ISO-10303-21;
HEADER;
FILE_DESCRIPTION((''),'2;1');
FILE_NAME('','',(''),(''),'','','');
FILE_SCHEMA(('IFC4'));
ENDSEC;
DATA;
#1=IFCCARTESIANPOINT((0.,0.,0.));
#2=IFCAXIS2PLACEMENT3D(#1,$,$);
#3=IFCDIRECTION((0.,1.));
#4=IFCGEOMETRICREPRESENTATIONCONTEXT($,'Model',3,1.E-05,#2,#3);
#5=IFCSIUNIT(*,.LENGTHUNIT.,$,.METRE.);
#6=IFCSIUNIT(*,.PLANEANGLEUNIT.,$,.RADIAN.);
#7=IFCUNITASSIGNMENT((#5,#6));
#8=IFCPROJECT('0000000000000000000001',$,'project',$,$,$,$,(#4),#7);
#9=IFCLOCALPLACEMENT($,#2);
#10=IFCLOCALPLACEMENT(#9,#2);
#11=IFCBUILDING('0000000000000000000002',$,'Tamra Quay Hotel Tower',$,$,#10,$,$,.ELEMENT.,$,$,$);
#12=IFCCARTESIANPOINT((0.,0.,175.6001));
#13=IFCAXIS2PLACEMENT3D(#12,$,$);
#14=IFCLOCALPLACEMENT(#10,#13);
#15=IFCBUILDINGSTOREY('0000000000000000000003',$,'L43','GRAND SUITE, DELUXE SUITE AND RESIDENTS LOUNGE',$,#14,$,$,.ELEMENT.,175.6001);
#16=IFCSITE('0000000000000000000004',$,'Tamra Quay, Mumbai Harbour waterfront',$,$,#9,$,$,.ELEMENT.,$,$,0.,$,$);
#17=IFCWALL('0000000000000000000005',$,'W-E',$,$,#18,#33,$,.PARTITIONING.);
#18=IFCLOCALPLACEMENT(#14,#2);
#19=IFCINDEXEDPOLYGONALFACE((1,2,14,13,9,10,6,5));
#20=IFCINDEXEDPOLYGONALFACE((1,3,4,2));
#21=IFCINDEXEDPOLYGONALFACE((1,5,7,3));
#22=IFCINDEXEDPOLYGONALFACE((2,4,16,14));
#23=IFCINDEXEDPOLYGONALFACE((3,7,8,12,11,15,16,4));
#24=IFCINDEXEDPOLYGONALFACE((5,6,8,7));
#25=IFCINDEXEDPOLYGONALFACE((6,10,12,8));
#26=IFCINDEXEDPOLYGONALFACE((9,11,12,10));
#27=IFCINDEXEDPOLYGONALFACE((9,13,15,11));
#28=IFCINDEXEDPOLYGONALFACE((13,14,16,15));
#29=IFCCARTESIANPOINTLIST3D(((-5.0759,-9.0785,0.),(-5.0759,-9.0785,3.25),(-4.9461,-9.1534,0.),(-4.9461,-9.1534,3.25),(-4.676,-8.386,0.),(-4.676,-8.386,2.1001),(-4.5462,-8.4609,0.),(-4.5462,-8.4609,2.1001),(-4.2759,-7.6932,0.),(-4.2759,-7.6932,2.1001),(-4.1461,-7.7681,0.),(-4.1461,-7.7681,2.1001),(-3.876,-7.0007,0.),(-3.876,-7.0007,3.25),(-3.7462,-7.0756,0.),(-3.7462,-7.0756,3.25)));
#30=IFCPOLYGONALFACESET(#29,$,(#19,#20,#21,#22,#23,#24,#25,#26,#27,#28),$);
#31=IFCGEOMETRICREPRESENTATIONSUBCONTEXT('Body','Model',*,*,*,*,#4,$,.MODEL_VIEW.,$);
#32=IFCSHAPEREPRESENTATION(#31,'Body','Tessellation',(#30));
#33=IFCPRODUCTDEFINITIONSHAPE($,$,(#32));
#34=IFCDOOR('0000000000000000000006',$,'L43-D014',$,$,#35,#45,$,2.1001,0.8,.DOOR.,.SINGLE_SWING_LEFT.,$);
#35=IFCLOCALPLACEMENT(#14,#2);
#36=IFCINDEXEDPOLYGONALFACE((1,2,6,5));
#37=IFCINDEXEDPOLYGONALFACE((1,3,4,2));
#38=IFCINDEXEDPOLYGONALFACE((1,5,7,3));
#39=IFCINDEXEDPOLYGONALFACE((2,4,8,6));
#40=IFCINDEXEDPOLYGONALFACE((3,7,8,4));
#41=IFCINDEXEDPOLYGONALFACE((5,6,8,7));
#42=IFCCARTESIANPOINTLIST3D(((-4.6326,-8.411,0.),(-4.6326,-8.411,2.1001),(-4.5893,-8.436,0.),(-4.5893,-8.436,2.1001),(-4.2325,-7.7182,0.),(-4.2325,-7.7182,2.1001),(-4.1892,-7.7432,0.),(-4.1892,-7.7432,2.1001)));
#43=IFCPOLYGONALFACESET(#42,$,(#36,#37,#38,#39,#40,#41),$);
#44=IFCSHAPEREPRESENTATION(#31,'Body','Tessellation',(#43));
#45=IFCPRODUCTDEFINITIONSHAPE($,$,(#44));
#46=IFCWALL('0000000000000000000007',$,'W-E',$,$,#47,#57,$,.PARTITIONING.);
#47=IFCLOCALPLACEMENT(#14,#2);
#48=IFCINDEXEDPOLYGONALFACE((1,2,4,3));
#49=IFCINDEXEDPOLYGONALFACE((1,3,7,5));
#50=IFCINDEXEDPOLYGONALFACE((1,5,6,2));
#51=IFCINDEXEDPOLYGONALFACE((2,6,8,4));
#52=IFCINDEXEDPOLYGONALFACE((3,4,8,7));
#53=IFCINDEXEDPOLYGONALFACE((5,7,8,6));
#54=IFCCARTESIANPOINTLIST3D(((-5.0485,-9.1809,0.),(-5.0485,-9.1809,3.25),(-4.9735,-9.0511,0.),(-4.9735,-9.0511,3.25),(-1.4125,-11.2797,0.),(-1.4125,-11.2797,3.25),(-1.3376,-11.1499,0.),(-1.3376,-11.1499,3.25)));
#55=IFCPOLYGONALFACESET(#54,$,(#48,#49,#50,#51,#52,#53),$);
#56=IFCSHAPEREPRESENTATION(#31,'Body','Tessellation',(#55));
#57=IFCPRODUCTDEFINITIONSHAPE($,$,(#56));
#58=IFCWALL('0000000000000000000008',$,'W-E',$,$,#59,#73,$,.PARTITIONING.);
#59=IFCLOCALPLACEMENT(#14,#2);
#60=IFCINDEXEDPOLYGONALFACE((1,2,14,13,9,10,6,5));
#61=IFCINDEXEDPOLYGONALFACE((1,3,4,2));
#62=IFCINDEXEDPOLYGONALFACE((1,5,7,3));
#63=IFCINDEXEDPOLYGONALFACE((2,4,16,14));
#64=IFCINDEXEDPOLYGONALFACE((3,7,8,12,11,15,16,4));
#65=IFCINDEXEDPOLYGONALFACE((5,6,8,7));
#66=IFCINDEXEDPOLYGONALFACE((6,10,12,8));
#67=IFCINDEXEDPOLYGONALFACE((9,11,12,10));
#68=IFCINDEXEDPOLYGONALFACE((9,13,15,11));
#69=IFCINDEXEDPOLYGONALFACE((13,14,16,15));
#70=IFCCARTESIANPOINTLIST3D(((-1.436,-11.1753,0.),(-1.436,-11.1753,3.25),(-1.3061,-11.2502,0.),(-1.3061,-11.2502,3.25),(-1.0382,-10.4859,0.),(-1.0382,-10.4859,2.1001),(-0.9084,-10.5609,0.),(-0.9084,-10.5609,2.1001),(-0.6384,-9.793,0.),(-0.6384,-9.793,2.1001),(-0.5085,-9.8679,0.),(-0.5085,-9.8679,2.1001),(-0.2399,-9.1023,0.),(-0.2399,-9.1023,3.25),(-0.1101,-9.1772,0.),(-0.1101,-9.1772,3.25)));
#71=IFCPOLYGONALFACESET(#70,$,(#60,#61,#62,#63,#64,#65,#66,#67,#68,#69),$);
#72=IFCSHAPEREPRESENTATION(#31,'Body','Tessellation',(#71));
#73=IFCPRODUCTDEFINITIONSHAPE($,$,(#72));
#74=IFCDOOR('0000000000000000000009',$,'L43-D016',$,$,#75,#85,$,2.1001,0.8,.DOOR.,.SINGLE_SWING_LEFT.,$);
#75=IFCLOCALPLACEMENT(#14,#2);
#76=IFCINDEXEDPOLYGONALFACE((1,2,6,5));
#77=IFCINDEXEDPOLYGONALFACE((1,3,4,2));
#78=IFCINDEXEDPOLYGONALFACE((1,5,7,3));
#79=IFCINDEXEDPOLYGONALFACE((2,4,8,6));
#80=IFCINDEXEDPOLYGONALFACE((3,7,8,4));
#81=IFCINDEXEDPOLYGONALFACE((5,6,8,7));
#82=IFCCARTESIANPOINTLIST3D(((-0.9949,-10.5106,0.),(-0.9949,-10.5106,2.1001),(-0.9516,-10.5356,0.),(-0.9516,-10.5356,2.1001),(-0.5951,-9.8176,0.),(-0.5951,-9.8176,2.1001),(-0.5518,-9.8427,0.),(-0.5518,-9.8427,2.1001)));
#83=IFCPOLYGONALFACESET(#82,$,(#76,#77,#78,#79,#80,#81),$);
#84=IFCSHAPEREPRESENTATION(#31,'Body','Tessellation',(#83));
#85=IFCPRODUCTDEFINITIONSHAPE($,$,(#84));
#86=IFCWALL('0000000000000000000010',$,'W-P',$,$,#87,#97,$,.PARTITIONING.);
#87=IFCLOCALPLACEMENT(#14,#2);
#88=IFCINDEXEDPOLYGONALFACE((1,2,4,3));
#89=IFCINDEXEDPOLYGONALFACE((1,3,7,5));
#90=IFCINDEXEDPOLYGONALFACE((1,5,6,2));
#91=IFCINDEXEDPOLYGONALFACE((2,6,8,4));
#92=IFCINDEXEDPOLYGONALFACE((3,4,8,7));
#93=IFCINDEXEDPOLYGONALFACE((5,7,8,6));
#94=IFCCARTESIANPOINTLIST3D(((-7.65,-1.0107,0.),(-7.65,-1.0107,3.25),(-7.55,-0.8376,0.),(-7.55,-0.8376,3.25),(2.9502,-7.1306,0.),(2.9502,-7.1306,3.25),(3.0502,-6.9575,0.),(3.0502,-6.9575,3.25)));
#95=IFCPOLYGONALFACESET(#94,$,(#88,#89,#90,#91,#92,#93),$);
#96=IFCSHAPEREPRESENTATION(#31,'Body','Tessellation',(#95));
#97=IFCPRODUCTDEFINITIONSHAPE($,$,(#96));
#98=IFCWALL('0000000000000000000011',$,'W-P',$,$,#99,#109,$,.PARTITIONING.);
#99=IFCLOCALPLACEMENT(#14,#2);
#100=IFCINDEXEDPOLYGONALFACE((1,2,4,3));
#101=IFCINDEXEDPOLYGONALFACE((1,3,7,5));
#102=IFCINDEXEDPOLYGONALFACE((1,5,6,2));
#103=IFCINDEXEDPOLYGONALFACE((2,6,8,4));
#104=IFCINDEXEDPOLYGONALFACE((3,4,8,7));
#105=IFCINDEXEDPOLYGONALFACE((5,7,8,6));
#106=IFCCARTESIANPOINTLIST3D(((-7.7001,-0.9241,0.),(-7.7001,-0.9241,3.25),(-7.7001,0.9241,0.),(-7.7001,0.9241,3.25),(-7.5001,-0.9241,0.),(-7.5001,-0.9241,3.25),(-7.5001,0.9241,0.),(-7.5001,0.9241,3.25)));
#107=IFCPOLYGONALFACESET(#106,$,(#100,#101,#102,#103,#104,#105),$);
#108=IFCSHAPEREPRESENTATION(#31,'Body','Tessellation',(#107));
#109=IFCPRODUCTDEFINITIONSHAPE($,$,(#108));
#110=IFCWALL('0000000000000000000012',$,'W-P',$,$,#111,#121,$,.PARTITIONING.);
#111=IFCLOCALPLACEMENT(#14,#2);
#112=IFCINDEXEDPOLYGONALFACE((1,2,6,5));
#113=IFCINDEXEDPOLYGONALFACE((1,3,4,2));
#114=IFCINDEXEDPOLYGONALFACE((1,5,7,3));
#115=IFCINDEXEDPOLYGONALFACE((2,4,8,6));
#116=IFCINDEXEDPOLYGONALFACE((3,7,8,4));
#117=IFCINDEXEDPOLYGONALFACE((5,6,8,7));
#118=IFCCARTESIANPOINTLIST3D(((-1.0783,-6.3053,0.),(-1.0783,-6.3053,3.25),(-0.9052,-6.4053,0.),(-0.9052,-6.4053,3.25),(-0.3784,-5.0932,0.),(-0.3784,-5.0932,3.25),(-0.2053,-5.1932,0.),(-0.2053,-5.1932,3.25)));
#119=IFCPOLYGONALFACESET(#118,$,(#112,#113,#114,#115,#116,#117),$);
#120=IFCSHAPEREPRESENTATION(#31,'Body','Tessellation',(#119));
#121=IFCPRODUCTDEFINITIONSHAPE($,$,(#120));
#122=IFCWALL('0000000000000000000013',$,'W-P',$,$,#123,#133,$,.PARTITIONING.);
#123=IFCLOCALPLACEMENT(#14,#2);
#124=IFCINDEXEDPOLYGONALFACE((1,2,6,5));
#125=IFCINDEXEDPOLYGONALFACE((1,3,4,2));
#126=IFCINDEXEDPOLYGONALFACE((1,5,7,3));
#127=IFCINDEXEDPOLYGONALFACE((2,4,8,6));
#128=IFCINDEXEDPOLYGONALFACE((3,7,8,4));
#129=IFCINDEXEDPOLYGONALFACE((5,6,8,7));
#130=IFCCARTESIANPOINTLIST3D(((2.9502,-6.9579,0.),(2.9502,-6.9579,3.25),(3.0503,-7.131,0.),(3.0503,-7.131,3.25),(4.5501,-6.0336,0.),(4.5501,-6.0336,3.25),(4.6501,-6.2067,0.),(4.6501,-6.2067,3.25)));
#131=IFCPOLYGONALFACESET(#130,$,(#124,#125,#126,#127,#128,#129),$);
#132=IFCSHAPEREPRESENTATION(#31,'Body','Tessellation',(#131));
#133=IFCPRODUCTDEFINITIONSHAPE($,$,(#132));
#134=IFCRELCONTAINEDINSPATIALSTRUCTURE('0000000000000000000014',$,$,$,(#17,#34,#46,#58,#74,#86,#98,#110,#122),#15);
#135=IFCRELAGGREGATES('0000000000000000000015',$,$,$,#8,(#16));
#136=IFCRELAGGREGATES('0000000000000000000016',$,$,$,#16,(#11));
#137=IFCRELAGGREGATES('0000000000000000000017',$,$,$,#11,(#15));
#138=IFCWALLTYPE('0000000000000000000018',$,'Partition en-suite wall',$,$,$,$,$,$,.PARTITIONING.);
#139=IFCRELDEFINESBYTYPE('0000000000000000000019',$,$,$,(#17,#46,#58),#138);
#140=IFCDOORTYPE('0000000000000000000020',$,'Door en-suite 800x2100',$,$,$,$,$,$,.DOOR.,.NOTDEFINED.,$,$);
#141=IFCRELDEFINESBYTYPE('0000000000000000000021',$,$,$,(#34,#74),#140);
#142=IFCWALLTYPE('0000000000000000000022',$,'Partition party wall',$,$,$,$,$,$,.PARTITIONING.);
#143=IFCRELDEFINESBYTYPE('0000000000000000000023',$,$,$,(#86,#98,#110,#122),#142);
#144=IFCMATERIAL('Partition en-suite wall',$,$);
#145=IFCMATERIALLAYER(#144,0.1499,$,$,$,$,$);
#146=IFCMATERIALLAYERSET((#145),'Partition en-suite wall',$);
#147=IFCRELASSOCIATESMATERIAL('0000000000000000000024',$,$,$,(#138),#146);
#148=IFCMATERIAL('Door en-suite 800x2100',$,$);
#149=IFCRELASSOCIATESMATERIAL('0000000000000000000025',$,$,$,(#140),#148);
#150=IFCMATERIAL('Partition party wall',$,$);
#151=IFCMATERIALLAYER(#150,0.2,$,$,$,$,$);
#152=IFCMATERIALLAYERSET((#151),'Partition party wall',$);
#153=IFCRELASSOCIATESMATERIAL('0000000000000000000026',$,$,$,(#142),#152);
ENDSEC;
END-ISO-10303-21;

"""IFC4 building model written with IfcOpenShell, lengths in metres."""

from ifc_helpers import new_model, si_unit, direction, frame, frame_2d, origin, place, context, subcontext, project, spatial, rectangle, extrude, material, layer, layer_set, type_object, element, fill, save


model = new_model("IFC4")

# Units and contexts
model_context = context("Model", 3, precision=1e-05, world=origin(), true_north=direction((0.0, 1.0)))
body_context = subcontext(model_context, "Body", "Model", "MODEL_VIEW")
ifc_project = project(units=[si_unit("LENGTHUNIT", "METRE"), si_unit("PLANEANGLEUNIT", "RADIAN")], contexts=[model_context])

# Site, building, storey
site_placement = place(None, origin())
site = spatial("IfcSite", under=ifc_project, at=site_placement, Name="Tamra Quay, Mumbai Harbour waterfront", CompositionType="ELEMENT", RefElevation=0.0)
building_placement = place(site_placement, origin())
building = spatial("IfcBuilding", under=site, at=building_placement, Name="Tamra Quay Hotel Tower", CompositionType="ELEMENT")
storey_placement = place(building_placement, frame((0.0, 0.0, 175.6001)))
storey = spatial("IfcBuildingStorey", under=building, at=storey_placement, Name="L43", Description="GRAND SUITE, DELUXE SUITE AND RESIDENTS LOUNGE", CompositionType="ELEMENT", Elevation=175.6001)

# Wall, opening, door
ifc_material_1 = material(Name="Partition en-suite wall")
ifc_layer_1 = layer(ifc_material_1, 0.1499)
ifc_layer_set_1 = layer_set([ifc_layer_1], Name="Partition en-suite wall")
wall_type_1 = type_object("IfcWallType", Name="Partition en-suite wall", PredefinedType="PARTITIONING", material=ifc_layer_set_1)
wall_1_placement = place(storey_placement, frame((-5.011, -9.116, 0.0), z_axis=(0.0, 0.0, 1.0), x_axis=(0.500089, 0.865974, 0.0)))
wall_1 = element("IfcWall", 1, at=wall_1_placement, inside=storey, type_object=wall_type_1, Name="W-E", PredefinedType="PARTITIONING", context=body_context, shape_type="SweptSolid", body=[
    extrude(rectangle(XDim=2.3994, YDim=0.1499, at=frame_2d((1.1997, 0.0))), origin(), (0.0, 0.0, 1.0), 3.25),
])
opening_1_placement = place(wall_1_placement, frame((0.7998, 0.0, 0.0)))
opening_1 = element("IfcOpeningElement", 2, at=opening_1_placement, cuts=wall_1, PredefinedType="OPENING", context=body_context, shape_type="SweptSolid", body=[
    extrude(rectangle(XDim=0.8, YDim=2.1001, at=frame_2d((0.3999, 1.05))), frame((0.0, 0.085, 0.0), z_axis=(0.0, -1.0, 0.0), x_axis=(1.0, 0.0, 0.0)), (0.0, 0.0, 1.0), 0.1699),
])
ifc_material_2 = material(Name="Door en-suite 800x2100")
door_type_1 = type_object("IfcDoorType", Name="Door en-suite 800x2100", OperationType="NOTDEFINED", PredefinedType="DOOR", material=ifc_material_2)
door_1_placement = place(opening_1_placement, origin())
door_1 = element("IfcDoor", 3, at=door_1_placement, inside=storey, type_object=door_type_1, Name="L43-D014", OperationType="SINGLE_SWING_LEFT", OverallHeight=2.1001, OverallWidth=0.8, PredefinedType="DOOR", context=body_context, shape_type="SweptSolid", body=[
    extrude(rectangle(XDim=0.8, YDim=2.1001, at=frame_2d((0.3999, 1.05))), frame((0.0, 0.0249, 0.0), z_axis=(0.0, -1.0, 0.0), x_axis=(1.0, 0.0, 0.0)), (0.0, 0.0, 1.0), 0.05),
])
fill(opening_1, door_1)

# Wall
wall_2_placement = place(storey_placement, frame((-5.011, -9.116, 0.0), z_axis=(0.0, 0.0, 1.0), x_axis=(0.866063, -0.499936, 0.0)))
element("IfcWall", 4, at=wall_2_placement, inside=storey, type_object=wall_type_1, Name="W-E", PredefinedType="PARTITIONING", context=body_context, shape_type="SweptSolid", body=[
    extrude(rectangle(XDim=4.1982, YDim=0.1499, at=frame_2d((2.0991, 0.0))), origin(), (0.0, 0.0, 1.0), 3.25),
])

# Wall, opening, door
wall_3_placement = place(storey_placement, frame((-1.3711, -11.2129, 0.0), z_axis=(0.0, 0.0, 1.0), x_axis=(0.499749, 0.86617, 0.0)))
wall_3 = element("IfcWall", 5, at=wall_3_placement, inside=storey, type_object=wall_type_1, Name="W-E", PredefinedType="PARTITIONING", context=body_context, shape_type="SweptSolid", body=[
    extrude(rectangle(XDim=2.3933, YDim=0.1499, at=frame_2d((1.1968, 0.0))), origin(), (0.0, 0.0, 1.0), 3.25),
])
opening_2_placement = place(wall_3_placement, frame((0.7961, 0.0, 0.0)))
opening_2 = element("IfcOpeningElement", 6, at=opening_2_placement, cuts=wall_3, PredefinedType="OPENING", context=body_context, shape_type="SweptSolid", body=[
    extrude(rectangle(XDim=0.8, YDim=2.1001, at=frame_2d((0.3999, 1.05))), frame((0.0, 0.085, 0.0), z_axis=(0.0, -1.0, 0.0), x_axis=(1.0, 0.0, 0.0)), (0.0, 0.0, 1.0), 0.1699),
])
door_2_placement = place(opening_2_placement, frame((0.8, 0.0, 0.0), z_axis=(0.0, 0.0, 1.0), x_axis=(-1.0, 0.0, 0.0)))
door_2 = element("IfcDoor", 7, at=door_2_placement, inside=storey, type_object=door_type_1, Name="L43-D016", OperationType="SINGLE_SWING_LEFT", OverallHeight=2.1001, OverallWidth=0.8, PredefinedType="DOOR", context=body_context, shape_type="SweptSolid", body=[
    extrude(rectangle(XDim=0.8, YDim=2.1001, at=frame_2d((0.3999, 1.05))), frame((0.0, 0.0249, 0.0), z_axis=(0.0, -1.0, 0.0), x_axis=(1.0, 0.0, 0.0)), (0.0, 0.0, 1.0), 0.05),
])
fill(opening_2, door_2)

# Walls
ifc_material_3 = material(Name="Partition party wall")
ifc_layer_2 = layer(ifc_material_3, 0.2)
ifc_layer_set_2 = layer_set([ifc_layer_2], Name="Partition party wall")
wall_type_2 = type_object("IfcWallType", Name="Partition party wall", PredefinedType="PARTITIONING", material=ifc_layer_set_2)
wall_4_placement = place(storey_placement, frame((-7.6001, -0.9241, 0.0), z_axis=(0.0, 0.0, 1.0), x_axis=(0.866029, -0.499994, 0.0)))
element("IfcWall", 8, at=wall_4_placement, inside=storey, type_object=wall_type_2, Name="W-P", PredefinedType="PARTITIONING", context=body_context, shape_type="SweptSolid", body=[
    extrude(rectangle(XDim=12.24, YDim=0.2, at=frame_2d((6.1201, 0.0))), origin(), (0.0, 0.0, 1.0), 3.25),
])
wall_5_placement = place(storey_placement, frame((-7.6001, -0.9241, 0.0), z_axis=(0.0, 0.0, 1.0), x_axis=(0.0, 1.0, 0.0)))
element("IfcWall", 9, at=wall_5_placement, inside=storey, type_object=wall_type_2, Name="W-P", PredefinedType="PARTITIONING", context=body_context, shape_type="SweptSolid", body=[
    extrude(rectangle(XDim=1.8481, YDim=0.2, at=frame_2d((0.9241, 0.0))), origin(), (0.0, 0.0, 1.0), 3.25),
])
wall_6_placement = place(storey_placement, frame((-0.9917, -6.3552, 0.0), z_axis=(0.0, 0.0, 1.0), x_axis=(0.50006, 0.865991, 0.0)))
element("IfcWall", 10, at=wall_6_placement, inside=storey, type_object=wall_type_2, Name="W-P", PredefinedType="PARTITIONING", context=body_context, shape_type="SweptSolid", body=[
    extrude(rectangle(XDim=1.3997, YDim=0.2, at=frame_2d((0.6997, 0.0))), origin(), (0.0, 0.0, 1.0), 3.25),
])
wall_7_placement = place(storey_placement, frame((3.0002, -7.0444, 0.0), z_axis=(0.0, 0.0, 1.0), x_axis=(0.865875, 0.50026, 0.0)))
element("IfcWall", 11, at=wall_7_placement, inside=storey, type_object=wall_type_2, Name="W-P", PredefinedType="PARTITIONING", context=body_context, shape_type="SweptSolid", body=[
    extrude(rectangle(XDim=1.8477, YDim=0.2, at=frame_2d((0.9238, 0.0))), origin(), (0.0, 0.0, 1.0), 3.25),
])

save(model, "model.ifc")
